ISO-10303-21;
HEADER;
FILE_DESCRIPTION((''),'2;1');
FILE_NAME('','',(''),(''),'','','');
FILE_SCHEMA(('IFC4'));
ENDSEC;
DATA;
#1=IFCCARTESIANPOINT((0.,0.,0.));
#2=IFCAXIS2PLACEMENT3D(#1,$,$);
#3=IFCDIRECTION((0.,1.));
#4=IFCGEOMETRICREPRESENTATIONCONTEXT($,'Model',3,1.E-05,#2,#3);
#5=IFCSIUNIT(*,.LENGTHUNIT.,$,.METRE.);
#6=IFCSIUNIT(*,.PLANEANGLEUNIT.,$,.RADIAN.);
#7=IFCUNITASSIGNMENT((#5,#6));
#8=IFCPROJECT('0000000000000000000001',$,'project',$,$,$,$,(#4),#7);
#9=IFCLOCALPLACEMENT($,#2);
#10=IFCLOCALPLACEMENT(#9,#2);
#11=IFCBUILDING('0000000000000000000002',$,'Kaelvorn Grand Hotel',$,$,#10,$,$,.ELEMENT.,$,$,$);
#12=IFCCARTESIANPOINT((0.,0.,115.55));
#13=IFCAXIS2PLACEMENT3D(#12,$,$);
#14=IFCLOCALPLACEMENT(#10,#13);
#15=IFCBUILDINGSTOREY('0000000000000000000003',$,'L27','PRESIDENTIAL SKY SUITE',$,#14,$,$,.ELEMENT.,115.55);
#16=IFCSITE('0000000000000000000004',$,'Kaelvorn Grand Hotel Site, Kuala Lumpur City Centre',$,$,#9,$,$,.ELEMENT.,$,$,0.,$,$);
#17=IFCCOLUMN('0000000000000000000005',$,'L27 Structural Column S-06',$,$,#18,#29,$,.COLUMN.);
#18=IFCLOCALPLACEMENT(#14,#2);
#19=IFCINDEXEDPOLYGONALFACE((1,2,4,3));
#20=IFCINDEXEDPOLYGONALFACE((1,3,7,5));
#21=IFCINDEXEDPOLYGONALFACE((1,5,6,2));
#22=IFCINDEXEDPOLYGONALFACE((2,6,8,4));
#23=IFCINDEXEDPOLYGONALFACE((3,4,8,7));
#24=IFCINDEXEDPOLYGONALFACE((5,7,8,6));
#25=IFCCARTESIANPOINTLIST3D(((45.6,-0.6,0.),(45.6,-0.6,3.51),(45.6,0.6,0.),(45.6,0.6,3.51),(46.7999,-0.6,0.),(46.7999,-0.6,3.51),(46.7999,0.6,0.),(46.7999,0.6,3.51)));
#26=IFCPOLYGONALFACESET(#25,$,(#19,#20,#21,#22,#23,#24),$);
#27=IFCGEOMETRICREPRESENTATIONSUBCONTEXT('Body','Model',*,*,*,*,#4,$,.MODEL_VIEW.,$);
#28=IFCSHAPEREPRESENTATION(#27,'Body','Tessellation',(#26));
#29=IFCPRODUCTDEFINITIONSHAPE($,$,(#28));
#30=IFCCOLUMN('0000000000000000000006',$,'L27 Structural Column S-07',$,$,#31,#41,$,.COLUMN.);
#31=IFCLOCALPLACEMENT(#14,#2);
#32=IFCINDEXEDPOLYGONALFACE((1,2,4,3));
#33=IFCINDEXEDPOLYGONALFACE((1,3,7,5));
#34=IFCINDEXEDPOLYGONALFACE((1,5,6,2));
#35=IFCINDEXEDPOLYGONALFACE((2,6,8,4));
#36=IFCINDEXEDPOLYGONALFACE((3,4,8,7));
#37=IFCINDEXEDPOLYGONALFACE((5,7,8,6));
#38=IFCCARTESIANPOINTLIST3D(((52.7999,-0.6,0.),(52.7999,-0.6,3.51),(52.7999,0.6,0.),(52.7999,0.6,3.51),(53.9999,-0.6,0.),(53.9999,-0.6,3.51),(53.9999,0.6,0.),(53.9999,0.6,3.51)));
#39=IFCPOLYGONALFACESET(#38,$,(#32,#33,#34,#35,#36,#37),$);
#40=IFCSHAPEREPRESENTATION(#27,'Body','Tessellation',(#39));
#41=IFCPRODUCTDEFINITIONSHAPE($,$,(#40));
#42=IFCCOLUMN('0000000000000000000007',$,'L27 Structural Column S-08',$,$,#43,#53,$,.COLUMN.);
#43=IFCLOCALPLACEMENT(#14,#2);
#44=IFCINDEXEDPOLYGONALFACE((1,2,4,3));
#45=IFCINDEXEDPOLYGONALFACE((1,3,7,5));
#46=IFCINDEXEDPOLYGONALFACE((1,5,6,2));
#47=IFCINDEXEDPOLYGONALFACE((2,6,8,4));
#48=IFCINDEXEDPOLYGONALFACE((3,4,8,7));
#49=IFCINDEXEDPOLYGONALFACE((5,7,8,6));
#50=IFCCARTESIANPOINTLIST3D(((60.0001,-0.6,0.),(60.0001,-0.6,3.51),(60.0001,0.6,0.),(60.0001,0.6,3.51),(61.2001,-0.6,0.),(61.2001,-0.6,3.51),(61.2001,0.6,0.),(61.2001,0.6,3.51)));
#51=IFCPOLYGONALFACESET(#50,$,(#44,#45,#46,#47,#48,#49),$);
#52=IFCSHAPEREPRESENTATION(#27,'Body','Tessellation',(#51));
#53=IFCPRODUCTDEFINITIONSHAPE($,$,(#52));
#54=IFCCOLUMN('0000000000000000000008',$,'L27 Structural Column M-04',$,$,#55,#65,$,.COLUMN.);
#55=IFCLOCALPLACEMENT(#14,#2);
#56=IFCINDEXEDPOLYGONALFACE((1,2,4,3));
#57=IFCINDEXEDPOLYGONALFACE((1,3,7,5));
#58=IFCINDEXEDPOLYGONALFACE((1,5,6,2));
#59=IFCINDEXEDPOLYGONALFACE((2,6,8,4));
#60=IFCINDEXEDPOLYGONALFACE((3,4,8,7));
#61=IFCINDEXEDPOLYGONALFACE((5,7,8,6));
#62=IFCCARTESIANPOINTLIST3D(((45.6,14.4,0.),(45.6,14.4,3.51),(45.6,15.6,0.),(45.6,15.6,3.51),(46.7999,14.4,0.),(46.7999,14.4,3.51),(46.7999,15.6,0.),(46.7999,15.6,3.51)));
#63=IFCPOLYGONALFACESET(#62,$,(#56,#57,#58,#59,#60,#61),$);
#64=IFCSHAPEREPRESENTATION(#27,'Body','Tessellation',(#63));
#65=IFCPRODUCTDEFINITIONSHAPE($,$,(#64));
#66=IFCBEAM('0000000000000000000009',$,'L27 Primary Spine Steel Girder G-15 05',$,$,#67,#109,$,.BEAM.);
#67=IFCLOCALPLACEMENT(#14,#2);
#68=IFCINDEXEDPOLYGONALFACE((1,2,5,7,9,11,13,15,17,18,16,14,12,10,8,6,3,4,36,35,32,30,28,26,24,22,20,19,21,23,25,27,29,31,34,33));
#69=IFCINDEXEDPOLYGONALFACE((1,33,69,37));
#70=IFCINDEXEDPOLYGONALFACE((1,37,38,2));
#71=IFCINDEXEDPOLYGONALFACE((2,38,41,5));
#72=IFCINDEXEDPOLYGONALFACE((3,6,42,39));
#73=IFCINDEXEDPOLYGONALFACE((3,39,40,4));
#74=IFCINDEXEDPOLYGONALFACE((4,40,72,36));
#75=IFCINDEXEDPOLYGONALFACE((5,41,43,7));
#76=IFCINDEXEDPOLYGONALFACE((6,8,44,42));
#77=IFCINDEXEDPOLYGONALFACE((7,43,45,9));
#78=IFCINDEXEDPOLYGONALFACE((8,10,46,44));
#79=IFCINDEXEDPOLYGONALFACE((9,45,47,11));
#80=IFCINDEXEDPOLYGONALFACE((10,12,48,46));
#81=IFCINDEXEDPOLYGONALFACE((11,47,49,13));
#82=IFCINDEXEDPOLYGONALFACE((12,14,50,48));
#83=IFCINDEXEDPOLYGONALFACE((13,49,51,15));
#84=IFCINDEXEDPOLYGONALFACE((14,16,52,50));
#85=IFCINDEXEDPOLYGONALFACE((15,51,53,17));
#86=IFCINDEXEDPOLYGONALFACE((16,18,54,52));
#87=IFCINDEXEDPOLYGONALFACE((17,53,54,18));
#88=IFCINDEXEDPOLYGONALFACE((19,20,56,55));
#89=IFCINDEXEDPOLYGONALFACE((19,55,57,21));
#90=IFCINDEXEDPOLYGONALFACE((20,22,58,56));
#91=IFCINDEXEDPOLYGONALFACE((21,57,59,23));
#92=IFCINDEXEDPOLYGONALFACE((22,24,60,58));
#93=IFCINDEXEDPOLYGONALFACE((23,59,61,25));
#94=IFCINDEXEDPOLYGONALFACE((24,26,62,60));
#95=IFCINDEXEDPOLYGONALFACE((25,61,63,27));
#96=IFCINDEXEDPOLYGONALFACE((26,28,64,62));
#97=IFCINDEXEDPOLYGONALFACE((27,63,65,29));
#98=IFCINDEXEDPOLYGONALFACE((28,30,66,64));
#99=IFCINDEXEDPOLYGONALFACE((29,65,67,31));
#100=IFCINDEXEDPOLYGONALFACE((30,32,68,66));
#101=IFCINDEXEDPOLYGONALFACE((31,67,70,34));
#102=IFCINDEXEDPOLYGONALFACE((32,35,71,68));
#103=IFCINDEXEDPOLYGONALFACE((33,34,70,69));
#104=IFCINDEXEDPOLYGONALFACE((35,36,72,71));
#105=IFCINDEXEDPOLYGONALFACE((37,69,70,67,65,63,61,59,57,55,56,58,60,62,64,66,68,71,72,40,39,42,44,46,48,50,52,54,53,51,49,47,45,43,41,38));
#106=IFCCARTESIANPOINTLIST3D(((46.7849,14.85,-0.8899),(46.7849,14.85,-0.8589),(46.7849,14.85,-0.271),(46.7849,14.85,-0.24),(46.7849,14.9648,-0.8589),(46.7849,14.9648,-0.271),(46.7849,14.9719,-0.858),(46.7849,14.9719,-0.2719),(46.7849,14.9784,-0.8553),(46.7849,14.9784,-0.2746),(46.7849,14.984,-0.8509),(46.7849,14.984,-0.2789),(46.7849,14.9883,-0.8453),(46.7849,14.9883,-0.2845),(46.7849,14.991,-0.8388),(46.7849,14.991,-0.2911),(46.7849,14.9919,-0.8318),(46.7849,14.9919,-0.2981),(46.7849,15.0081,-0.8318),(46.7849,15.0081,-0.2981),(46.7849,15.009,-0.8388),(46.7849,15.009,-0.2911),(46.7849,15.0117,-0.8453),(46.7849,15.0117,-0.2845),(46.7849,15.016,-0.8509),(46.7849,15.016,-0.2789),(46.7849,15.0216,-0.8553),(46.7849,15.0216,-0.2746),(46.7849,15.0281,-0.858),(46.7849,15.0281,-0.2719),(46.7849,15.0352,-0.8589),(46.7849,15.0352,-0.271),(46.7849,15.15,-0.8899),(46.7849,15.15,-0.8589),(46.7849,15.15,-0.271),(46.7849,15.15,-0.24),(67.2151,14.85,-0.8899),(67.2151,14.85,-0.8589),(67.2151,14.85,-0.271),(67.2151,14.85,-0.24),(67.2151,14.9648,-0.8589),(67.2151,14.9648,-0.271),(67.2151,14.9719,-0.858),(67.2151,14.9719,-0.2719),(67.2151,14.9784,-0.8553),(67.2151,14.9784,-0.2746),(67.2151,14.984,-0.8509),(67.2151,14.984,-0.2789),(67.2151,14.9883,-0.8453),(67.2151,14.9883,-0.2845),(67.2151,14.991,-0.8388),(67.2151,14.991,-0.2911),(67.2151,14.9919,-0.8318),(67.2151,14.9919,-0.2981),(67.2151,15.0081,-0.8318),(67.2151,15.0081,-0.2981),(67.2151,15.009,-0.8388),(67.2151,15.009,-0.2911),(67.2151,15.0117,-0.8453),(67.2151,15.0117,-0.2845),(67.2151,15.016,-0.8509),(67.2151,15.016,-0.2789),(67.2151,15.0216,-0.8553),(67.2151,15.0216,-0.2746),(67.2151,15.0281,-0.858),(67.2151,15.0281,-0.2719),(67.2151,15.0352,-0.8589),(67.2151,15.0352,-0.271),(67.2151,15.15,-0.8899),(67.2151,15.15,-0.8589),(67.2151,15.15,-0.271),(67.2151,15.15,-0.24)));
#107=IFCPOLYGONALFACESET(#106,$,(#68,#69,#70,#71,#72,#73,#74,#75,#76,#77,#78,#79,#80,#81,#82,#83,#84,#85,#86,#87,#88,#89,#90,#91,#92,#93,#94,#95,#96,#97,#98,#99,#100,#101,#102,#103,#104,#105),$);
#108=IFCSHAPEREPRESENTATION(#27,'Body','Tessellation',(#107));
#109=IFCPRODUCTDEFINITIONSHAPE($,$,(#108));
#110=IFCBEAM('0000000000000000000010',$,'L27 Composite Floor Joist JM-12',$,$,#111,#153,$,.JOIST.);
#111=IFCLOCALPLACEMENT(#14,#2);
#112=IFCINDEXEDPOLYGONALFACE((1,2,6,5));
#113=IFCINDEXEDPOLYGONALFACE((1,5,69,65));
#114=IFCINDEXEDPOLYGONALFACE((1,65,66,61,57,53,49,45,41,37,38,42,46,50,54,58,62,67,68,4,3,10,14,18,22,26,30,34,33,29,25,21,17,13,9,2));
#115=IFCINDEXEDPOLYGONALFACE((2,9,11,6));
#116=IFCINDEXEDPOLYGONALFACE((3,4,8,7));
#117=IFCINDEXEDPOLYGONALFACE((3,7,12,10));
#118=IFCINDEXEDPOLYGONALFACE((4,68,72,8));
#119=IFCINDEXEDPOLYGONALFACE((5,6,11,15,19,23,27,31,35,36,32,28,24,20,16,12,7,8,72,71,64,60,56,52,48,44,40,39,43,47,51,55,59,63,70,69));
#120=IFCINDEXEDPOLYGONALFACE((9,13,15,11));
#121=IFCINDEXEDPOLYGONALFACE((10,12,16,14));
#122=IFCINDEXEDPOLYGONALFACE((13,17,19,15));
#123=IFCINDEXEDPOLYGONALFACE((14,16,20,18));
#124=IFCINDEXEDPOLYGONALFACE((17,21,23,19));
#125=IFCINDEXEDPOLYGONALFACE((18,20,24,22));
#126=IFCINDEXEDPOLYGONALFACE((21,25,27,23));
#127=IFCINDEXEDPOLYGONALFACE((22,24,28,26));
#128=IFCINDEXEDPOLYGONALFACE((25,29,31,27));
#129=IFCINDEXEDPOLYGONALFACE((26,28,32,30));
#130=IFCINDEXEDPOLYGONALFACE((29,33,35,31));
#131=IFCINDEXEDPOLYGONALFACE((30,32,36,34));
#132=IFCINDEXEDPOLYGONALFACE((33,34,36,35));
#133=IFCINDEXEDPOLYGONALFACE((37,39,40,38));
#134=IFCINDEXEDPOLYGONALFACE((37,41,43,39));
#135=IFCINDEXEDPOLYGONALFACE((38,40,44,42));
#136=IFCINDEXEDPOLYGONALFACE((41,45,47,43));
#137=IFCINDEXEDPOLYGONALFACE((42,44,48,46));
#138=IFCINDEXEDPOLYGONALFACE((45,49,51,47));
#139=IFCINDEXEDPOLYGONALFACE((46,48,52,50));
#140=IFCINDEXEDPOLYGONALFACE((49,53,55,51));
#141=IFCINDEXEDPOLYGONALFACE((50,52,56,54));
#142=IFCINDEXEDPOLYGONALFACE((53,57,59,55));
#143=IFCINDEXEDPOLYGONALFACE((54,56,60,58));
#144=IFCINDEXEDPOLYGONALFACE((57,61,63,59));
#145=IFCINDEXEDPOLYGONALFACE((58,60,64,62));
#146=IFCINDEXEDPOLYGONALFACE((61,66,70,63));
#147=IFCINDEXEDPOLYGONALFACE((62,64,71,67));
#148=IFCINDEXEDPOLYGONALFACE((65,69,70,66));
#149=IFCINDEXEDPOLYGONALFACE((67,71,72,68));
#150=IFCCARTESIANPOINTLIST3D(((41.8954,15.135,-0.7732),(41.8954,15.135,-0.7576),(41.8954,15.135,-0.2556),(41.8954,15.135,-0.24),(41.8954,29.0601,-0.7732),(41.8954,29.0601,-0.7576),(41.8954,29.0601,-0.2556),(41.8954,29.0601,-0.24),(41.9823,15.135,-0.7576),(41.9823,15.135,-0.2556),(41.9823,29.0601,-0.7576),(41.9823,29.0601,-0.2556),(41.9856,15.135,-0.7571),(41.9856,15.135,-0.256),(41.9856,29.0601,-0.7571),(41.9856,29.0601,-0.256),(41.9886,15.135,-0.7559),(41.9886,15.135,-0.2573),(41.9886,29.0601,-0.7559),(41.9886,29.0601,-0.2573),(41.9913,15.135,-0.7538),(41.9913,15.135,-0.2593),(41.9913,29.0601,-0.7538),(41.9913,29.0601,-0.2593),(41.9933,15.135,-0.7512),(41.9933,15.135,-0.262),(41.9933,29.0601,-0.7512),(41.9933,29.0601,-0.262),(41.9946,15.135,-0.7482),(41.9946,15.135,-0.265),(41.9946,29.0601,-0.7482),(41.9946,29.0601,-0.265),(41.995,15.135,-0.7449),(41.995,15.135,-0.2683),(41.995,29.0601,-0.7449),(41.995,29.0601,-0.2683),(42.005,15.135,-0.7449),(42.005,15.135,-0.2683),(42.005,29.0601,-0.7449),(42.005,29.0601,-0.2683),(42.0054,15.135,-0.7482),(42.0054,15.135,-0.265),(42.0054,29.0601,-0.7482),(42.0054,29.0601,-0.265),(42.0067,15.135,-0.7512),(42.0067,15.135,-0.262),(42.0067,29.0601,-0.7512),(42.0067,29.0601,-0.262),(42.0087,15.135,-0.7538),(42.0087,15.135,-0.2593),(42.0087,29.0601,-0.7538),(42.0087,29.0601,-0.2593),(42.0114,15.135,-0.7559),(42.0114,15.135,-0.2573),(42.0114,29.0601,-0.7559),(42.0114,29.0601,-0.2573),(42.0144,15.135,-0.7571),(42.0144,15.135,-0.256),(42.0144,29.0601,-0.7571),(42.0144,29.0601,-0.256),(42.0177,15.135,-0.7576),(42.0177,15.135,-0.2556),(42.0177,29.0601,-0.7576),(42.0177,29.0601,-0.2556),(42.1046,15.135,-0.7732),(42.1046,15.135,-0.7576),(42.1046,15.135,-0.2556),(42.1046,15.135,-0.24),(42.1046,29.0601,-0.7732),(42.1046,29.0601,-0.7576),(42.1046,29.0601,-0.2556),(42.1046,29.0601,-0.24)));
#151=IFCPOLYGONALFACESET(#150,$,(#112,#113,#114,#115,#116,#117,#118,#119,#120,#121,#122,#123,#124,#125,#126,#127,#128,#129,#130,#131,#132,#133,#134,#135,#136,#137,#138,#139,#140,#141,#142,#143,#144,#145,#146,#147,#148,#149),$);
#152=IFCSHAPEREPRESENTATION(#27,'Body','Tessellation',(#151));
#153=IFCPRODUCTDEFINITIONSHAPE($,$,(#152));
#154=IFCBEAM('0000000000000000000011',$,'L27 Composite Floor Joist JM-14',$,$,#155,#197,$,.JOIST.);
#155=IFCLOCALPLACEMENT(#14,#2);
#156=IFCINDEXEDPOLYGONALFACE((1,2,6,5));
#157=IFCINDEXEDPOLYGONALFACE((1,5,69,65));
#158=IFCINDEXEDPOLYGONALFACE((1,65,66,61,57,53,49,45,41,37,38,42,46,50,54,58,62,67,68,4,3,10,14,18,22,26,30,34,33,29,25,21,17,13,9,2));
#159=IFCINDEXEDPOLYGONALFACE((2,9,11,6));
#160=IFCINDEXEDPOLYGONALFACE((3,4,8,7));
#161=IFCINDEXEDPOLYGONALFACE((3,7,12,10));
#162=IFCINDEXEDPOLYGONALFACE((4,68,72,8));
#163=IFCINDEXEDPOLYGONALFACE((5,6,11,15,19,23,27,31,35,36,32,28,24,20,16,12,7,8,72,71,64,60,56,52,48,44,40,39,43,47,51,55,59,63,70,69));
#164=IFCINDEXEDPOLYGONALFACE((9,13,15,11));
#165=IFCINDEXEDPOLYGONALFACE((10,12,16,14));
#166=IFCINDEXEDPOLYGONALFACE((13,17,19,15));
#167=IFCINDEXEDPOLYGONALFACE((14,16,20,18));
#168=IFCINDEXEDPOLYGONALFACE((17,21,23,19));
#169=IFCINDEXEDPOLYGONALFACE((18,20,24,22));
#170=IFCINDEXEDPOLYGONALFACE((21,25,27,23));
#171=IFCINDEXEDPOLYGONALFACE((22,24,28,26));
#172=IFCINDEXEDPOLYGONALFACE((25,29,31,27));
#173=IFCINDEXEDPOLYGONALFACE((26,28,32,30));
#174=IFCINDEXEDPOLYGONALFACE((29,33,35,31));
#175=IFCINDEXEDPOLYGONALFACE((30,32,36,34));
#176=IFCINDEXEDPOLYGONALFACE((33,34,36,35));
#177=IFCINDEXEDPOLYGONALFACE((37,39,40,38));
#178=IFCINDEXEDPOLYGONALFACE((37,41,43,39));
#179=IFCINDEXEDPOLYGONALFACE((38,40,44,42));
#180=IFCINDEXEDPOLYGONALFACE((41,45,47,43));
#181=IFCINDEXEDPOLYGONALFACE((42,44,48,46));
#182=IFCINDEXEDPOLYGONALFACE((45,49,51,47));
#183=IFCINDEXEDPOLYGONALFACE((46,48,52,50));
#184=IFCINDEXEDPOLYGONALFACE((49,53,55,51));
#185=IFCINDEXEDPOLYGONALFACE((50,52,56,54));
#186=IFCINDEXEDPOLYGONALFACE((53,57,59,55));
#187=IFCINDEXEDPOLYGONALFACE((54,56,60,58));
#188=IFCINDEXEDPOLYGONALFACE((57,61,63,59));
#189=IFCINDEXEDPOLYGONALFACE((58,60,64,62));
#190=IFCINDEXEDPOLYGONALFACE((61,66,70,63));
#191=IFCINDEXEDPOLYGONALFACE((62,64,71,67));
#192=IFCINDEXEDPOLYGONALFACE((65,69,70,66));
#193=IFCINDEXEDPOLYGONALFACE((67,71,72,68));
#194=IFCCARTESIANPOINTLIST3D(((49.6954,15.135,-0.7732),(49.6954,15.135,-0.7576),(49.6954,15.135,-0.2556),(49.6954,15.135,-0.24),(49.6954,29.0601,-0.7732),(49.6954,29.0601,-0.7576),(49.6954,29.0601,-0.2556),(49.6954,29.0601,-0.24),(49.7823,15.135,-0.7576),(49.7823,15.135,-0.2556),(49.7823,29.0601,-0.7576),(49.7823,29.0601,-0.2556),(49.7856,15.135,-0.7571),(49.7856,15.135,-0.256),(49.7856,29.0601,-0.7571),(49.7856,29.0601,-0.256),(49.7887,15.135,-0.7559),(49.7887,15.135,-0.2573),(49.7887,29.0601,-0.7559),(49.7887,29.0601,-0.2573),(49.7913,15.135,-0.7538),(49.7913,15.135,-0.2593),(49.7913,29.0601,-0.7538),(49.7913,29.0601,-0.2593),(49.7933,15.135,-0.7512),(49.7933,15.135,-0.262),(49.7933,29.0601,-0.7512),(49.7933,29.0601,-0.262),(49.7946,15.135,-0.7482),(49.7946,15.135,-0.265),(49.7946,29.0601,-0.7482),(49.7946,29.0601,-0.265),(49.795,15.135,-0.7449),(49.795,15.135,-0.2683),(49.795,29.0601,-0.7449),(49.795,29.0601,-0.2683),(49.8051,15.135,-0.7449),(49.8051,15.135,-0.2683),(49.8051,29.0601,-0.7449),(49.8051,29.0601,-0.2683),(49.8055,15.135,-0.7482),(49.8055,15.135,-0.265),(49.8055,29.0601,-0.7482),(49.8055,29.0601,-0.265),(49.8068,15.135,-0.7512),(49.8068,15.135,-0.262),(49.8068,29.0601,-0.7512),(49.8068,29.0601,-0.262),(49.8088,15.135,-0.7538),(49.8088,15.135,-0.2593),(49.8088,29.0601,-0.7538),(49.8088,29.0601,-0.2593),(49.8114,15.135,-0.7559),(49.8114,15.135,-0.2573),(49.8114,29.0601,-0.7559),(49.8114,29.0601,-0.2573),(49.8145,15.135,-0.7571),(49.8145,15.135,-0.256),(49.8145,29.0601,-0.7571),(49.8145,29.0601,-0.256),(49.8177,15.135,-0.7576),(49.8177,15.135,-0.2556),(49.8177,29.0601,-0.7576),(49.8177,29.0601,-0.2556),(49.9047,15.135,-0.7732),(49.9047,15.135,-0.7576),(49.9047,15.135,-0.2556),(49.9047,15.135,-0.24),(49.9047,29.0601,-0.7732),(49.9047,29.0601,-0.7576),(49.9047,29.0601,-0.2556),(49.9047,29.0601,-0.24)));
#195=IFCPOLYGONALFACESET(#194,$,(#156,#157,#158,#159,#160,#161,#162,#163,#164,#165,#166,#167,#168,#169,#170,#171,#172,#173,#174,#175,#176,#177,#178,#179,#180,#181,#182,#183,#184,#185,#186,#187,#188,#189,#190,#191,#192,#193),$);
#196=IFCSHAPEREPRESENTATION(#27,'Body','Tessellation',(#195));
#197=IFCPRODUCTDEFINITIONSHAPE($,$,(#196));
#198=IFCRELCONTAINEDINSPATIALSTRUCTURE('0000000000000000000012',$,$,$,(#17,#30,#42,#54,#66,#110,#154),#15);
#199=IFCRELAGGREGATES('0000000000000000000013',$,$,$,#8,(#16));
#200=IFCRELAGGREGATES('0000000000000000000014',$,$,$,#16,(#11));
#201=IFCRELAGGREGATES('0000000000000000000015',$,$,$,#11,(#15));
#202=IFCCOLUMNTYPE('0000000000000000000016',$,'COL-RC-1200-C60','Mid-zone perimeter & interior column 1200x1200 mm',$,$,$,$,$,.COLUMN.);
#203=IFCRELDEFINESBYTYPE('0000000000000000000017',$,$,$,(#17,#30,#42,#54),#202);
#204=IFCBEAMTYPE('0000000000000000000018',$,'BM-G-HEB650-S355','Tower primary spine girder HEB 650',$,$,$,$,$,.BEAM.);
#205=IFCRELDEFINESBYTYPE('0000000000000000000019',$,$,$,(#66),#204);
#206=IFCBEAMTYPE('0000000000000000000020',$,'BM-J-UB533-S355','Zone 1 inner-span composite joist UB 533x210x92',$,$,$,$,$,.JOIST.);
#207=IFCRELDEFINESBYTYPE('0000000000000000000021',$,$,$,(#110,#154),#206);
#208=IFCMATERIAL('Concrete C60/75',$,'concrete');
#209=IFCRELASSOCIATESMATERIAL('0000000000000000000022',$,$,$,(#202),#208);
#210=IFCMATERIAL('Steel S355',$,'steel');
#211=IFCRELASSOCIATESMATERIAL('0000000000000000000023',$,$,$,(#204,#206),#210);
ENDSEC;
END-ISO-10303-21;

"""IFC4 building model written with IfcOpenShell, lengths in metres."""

from ifc_helpers import new_model, si_unit, direction, frame, origin, origin_2d, place, context, subcontext, project, spatial, rectangle, i_section, extrude, material, material_profile, profile_set, type_object, element, save


model = new_model("IFC4")

# Units and contexts
model_context = context("Model", 3, precision=1e-05, world=origin(), true_north=direction((0.0, 1.0)))
body_context = subcontext(model_context, "Body", "Model", "MODEL_VIEW")
ifc_project = project(units=[si_unit("LENGTHUNIT", "METRE"), si_unit("PLANEANGLEUNIT", "RADIAN")], contexts=[model_context])

# Site, building, storey
site_placement = place(None, origin())
site = spatial("IfcSite", under=ifc_project, at=site_placement, Name="Kaelvorn Grand Hotel Site, Kuala Lumpur City Centre", CompositionType="ELEMENT", RefElevation=0.0)
building_placement = place(site_placement, origin())
building = spatial("IfcBuilding", under=site, at=building_placement, Name="Kaelvorn Grand Hotel", CompositionType="ELEMENT")
storey_placement = place(building_placement, frame((0.0, 0.0, 115.55)))
storey = spatial("IfcBuildingStorey", under=building, at=storey_placement, Name="L27", Description="PRESIDENTIAL SKY SUITE", CompositionType="ELEMENT", Elevation=115.55)

# Columns
ifc_material_1 = material(Name="Concrete C60/75", Category="concrete")
ifc_material_profile_1 = material_profile(ifc_material_1, rectangle(XDim=1.2, YDim=1.2, at=origin_2d()), Name="RC COL 1200x1200")
ifc_profile_set_1 = profile_set([ifc_material_profile_1], Name="Concrete C60/75")
column_type = type_object("IfcColumnType", Name="COL-RC-1200-C60", Description="Mid-zone perimeter & interior column 1200x1200 mm", PredefinedType="COLUMN", material=ifc_profile_set_1)
for number, where, z_axis, x_axis, name in (
    (1, (46.2, 0.0, 0.0), (0.0, 0.0, 1.0), (1.0, 0.0, 0.0), "L27 Structural Column S-06"),
    (2, (53.3999, 0.0, 0.0), (0.0, 0.0, 1.0), (1.0, 0.0, 0.0), "L27 Structural Column S-07"),
    (3, (60.6001, 0.0, 0.0), (0.0, 0.0, 1.0), (1.0, 0.0, 0.0), "L27 Structural Column S-08"),
    (4, (46.2, 15.0, 0.0), (0.0, 0.0, 1.0), (1.0, 0.0, 0.0), "L27 Structural Column M-04"),
):
    element("IfcColumn", number, at=place(storey_placement, frame(where, z_axis=z_axis, x_axis=x_axis)), inside=storey, type_object=column_type, Name=name, PredefinedType="COLUMN", context=body_context, shape_type="SweptSolid", body=[
        extrude(rectangle(XDim=1.2, YDim=1.2, at=origin_2d()), origin(), (0.0, 0.0, 1.0), 3.51),
    ])

# Beams
ifc_material_2 = material(Name="Steel S355", Category="steel")
ifc_material_profile_2 = material_profile(ifc_material_2, i_section(OverallWidth=0.3, OverallDepth=0.6499, WebThickness=0.0161, FlangeThickness=0.031, FilletRadius=0.0271, at=origin_2d()), Name="HEB 650")
ifc_profile_set_2 = profile_set([ifc_material_profile_2], Name="Steel S355")
beam_type_1 = type_object("IfcBeamType", Name="BM-G-HEB650-S355", Description="Tower primary spine girder HEB 650", PredefinedType="BEAM", material=ifc_profile_set_2)
beam_1_placement = place(storey_placement, frame((46.7849, 15.0, -0.5649), z_axis=(1.0, 0.0, 0.0), x_axis=(0.0, 1.0, 0.0)))
element("IfcBeam", 5, at=beam_1_placement, inside=storey, type_object=beam_type_1, Name="L27 Primary Spine Steel Girder G-15 05", PredefinedType="BEAM", context=body_context, shape_type="SweptSolid", body=[
    extrude(i_section(OverallWidth=0.3, OverallDepth=0.6499, WebThickness=0.0161, FlangeThickness=0.031, FilletRadius=0.0271, at=origin_2d()), origin(), (0.0, 0.0, 1.0), 20.4302),
])
ifc_material_profile_3 = material_profile(ifc_material_2, i_section(OverallWidth=0.2092, OverallDepth=0.5332, WebThickness=0.01, FlangeThickness=0.0156, FilletRadius=0.0127, at=origin_2d()), Name="UB 533x210x92")
ifc_profile_set_3 = profile_set([ifc_material_profile_3], Name="Steel S355")
beam_type_2 = type_object("IfcBeamType", Name="BM-J-UB533-S355", Description="Zone 1 inner-span composite joist UB 533x210x92", PredefinedType="JOIST", material=ifc_profile_set_3)
for number, where, z_axis, x_axis, name in (
    (6, (42.0, 15.135, -0.5066), (0.0, 1.0, 0.0), (-1.0, 0.0, 0.0), "L27 Composite Floor Joist JM-12"),
    (7, (49.8, 15.135, -0.5066), (0.0, 1.0, 0.0), (-1.0, 0.0, 0.0), "L27 Composite Floor Joist JM-14"),
):
    element("IfcBeam", number, at=place(storey_placement, frame(where, z_axis=z_axis, x_axis=x_axis)), inside=storey, type_object=beam_type_2, Name=name, PredefinedType="JOIST", context=body_context, shape_type="SweptSolid", body=[
        extrude(i_section(OverallWidth=0.2092, OverallDepth=0.5332, WebThickness=0.01, FlangeThickness=0.0156, FilletRadius=0.0127, at=origin_2d()), origin(), (0.0, 0.0, 1.0), 13.925),
    ])

save(model, "model.ifc")
